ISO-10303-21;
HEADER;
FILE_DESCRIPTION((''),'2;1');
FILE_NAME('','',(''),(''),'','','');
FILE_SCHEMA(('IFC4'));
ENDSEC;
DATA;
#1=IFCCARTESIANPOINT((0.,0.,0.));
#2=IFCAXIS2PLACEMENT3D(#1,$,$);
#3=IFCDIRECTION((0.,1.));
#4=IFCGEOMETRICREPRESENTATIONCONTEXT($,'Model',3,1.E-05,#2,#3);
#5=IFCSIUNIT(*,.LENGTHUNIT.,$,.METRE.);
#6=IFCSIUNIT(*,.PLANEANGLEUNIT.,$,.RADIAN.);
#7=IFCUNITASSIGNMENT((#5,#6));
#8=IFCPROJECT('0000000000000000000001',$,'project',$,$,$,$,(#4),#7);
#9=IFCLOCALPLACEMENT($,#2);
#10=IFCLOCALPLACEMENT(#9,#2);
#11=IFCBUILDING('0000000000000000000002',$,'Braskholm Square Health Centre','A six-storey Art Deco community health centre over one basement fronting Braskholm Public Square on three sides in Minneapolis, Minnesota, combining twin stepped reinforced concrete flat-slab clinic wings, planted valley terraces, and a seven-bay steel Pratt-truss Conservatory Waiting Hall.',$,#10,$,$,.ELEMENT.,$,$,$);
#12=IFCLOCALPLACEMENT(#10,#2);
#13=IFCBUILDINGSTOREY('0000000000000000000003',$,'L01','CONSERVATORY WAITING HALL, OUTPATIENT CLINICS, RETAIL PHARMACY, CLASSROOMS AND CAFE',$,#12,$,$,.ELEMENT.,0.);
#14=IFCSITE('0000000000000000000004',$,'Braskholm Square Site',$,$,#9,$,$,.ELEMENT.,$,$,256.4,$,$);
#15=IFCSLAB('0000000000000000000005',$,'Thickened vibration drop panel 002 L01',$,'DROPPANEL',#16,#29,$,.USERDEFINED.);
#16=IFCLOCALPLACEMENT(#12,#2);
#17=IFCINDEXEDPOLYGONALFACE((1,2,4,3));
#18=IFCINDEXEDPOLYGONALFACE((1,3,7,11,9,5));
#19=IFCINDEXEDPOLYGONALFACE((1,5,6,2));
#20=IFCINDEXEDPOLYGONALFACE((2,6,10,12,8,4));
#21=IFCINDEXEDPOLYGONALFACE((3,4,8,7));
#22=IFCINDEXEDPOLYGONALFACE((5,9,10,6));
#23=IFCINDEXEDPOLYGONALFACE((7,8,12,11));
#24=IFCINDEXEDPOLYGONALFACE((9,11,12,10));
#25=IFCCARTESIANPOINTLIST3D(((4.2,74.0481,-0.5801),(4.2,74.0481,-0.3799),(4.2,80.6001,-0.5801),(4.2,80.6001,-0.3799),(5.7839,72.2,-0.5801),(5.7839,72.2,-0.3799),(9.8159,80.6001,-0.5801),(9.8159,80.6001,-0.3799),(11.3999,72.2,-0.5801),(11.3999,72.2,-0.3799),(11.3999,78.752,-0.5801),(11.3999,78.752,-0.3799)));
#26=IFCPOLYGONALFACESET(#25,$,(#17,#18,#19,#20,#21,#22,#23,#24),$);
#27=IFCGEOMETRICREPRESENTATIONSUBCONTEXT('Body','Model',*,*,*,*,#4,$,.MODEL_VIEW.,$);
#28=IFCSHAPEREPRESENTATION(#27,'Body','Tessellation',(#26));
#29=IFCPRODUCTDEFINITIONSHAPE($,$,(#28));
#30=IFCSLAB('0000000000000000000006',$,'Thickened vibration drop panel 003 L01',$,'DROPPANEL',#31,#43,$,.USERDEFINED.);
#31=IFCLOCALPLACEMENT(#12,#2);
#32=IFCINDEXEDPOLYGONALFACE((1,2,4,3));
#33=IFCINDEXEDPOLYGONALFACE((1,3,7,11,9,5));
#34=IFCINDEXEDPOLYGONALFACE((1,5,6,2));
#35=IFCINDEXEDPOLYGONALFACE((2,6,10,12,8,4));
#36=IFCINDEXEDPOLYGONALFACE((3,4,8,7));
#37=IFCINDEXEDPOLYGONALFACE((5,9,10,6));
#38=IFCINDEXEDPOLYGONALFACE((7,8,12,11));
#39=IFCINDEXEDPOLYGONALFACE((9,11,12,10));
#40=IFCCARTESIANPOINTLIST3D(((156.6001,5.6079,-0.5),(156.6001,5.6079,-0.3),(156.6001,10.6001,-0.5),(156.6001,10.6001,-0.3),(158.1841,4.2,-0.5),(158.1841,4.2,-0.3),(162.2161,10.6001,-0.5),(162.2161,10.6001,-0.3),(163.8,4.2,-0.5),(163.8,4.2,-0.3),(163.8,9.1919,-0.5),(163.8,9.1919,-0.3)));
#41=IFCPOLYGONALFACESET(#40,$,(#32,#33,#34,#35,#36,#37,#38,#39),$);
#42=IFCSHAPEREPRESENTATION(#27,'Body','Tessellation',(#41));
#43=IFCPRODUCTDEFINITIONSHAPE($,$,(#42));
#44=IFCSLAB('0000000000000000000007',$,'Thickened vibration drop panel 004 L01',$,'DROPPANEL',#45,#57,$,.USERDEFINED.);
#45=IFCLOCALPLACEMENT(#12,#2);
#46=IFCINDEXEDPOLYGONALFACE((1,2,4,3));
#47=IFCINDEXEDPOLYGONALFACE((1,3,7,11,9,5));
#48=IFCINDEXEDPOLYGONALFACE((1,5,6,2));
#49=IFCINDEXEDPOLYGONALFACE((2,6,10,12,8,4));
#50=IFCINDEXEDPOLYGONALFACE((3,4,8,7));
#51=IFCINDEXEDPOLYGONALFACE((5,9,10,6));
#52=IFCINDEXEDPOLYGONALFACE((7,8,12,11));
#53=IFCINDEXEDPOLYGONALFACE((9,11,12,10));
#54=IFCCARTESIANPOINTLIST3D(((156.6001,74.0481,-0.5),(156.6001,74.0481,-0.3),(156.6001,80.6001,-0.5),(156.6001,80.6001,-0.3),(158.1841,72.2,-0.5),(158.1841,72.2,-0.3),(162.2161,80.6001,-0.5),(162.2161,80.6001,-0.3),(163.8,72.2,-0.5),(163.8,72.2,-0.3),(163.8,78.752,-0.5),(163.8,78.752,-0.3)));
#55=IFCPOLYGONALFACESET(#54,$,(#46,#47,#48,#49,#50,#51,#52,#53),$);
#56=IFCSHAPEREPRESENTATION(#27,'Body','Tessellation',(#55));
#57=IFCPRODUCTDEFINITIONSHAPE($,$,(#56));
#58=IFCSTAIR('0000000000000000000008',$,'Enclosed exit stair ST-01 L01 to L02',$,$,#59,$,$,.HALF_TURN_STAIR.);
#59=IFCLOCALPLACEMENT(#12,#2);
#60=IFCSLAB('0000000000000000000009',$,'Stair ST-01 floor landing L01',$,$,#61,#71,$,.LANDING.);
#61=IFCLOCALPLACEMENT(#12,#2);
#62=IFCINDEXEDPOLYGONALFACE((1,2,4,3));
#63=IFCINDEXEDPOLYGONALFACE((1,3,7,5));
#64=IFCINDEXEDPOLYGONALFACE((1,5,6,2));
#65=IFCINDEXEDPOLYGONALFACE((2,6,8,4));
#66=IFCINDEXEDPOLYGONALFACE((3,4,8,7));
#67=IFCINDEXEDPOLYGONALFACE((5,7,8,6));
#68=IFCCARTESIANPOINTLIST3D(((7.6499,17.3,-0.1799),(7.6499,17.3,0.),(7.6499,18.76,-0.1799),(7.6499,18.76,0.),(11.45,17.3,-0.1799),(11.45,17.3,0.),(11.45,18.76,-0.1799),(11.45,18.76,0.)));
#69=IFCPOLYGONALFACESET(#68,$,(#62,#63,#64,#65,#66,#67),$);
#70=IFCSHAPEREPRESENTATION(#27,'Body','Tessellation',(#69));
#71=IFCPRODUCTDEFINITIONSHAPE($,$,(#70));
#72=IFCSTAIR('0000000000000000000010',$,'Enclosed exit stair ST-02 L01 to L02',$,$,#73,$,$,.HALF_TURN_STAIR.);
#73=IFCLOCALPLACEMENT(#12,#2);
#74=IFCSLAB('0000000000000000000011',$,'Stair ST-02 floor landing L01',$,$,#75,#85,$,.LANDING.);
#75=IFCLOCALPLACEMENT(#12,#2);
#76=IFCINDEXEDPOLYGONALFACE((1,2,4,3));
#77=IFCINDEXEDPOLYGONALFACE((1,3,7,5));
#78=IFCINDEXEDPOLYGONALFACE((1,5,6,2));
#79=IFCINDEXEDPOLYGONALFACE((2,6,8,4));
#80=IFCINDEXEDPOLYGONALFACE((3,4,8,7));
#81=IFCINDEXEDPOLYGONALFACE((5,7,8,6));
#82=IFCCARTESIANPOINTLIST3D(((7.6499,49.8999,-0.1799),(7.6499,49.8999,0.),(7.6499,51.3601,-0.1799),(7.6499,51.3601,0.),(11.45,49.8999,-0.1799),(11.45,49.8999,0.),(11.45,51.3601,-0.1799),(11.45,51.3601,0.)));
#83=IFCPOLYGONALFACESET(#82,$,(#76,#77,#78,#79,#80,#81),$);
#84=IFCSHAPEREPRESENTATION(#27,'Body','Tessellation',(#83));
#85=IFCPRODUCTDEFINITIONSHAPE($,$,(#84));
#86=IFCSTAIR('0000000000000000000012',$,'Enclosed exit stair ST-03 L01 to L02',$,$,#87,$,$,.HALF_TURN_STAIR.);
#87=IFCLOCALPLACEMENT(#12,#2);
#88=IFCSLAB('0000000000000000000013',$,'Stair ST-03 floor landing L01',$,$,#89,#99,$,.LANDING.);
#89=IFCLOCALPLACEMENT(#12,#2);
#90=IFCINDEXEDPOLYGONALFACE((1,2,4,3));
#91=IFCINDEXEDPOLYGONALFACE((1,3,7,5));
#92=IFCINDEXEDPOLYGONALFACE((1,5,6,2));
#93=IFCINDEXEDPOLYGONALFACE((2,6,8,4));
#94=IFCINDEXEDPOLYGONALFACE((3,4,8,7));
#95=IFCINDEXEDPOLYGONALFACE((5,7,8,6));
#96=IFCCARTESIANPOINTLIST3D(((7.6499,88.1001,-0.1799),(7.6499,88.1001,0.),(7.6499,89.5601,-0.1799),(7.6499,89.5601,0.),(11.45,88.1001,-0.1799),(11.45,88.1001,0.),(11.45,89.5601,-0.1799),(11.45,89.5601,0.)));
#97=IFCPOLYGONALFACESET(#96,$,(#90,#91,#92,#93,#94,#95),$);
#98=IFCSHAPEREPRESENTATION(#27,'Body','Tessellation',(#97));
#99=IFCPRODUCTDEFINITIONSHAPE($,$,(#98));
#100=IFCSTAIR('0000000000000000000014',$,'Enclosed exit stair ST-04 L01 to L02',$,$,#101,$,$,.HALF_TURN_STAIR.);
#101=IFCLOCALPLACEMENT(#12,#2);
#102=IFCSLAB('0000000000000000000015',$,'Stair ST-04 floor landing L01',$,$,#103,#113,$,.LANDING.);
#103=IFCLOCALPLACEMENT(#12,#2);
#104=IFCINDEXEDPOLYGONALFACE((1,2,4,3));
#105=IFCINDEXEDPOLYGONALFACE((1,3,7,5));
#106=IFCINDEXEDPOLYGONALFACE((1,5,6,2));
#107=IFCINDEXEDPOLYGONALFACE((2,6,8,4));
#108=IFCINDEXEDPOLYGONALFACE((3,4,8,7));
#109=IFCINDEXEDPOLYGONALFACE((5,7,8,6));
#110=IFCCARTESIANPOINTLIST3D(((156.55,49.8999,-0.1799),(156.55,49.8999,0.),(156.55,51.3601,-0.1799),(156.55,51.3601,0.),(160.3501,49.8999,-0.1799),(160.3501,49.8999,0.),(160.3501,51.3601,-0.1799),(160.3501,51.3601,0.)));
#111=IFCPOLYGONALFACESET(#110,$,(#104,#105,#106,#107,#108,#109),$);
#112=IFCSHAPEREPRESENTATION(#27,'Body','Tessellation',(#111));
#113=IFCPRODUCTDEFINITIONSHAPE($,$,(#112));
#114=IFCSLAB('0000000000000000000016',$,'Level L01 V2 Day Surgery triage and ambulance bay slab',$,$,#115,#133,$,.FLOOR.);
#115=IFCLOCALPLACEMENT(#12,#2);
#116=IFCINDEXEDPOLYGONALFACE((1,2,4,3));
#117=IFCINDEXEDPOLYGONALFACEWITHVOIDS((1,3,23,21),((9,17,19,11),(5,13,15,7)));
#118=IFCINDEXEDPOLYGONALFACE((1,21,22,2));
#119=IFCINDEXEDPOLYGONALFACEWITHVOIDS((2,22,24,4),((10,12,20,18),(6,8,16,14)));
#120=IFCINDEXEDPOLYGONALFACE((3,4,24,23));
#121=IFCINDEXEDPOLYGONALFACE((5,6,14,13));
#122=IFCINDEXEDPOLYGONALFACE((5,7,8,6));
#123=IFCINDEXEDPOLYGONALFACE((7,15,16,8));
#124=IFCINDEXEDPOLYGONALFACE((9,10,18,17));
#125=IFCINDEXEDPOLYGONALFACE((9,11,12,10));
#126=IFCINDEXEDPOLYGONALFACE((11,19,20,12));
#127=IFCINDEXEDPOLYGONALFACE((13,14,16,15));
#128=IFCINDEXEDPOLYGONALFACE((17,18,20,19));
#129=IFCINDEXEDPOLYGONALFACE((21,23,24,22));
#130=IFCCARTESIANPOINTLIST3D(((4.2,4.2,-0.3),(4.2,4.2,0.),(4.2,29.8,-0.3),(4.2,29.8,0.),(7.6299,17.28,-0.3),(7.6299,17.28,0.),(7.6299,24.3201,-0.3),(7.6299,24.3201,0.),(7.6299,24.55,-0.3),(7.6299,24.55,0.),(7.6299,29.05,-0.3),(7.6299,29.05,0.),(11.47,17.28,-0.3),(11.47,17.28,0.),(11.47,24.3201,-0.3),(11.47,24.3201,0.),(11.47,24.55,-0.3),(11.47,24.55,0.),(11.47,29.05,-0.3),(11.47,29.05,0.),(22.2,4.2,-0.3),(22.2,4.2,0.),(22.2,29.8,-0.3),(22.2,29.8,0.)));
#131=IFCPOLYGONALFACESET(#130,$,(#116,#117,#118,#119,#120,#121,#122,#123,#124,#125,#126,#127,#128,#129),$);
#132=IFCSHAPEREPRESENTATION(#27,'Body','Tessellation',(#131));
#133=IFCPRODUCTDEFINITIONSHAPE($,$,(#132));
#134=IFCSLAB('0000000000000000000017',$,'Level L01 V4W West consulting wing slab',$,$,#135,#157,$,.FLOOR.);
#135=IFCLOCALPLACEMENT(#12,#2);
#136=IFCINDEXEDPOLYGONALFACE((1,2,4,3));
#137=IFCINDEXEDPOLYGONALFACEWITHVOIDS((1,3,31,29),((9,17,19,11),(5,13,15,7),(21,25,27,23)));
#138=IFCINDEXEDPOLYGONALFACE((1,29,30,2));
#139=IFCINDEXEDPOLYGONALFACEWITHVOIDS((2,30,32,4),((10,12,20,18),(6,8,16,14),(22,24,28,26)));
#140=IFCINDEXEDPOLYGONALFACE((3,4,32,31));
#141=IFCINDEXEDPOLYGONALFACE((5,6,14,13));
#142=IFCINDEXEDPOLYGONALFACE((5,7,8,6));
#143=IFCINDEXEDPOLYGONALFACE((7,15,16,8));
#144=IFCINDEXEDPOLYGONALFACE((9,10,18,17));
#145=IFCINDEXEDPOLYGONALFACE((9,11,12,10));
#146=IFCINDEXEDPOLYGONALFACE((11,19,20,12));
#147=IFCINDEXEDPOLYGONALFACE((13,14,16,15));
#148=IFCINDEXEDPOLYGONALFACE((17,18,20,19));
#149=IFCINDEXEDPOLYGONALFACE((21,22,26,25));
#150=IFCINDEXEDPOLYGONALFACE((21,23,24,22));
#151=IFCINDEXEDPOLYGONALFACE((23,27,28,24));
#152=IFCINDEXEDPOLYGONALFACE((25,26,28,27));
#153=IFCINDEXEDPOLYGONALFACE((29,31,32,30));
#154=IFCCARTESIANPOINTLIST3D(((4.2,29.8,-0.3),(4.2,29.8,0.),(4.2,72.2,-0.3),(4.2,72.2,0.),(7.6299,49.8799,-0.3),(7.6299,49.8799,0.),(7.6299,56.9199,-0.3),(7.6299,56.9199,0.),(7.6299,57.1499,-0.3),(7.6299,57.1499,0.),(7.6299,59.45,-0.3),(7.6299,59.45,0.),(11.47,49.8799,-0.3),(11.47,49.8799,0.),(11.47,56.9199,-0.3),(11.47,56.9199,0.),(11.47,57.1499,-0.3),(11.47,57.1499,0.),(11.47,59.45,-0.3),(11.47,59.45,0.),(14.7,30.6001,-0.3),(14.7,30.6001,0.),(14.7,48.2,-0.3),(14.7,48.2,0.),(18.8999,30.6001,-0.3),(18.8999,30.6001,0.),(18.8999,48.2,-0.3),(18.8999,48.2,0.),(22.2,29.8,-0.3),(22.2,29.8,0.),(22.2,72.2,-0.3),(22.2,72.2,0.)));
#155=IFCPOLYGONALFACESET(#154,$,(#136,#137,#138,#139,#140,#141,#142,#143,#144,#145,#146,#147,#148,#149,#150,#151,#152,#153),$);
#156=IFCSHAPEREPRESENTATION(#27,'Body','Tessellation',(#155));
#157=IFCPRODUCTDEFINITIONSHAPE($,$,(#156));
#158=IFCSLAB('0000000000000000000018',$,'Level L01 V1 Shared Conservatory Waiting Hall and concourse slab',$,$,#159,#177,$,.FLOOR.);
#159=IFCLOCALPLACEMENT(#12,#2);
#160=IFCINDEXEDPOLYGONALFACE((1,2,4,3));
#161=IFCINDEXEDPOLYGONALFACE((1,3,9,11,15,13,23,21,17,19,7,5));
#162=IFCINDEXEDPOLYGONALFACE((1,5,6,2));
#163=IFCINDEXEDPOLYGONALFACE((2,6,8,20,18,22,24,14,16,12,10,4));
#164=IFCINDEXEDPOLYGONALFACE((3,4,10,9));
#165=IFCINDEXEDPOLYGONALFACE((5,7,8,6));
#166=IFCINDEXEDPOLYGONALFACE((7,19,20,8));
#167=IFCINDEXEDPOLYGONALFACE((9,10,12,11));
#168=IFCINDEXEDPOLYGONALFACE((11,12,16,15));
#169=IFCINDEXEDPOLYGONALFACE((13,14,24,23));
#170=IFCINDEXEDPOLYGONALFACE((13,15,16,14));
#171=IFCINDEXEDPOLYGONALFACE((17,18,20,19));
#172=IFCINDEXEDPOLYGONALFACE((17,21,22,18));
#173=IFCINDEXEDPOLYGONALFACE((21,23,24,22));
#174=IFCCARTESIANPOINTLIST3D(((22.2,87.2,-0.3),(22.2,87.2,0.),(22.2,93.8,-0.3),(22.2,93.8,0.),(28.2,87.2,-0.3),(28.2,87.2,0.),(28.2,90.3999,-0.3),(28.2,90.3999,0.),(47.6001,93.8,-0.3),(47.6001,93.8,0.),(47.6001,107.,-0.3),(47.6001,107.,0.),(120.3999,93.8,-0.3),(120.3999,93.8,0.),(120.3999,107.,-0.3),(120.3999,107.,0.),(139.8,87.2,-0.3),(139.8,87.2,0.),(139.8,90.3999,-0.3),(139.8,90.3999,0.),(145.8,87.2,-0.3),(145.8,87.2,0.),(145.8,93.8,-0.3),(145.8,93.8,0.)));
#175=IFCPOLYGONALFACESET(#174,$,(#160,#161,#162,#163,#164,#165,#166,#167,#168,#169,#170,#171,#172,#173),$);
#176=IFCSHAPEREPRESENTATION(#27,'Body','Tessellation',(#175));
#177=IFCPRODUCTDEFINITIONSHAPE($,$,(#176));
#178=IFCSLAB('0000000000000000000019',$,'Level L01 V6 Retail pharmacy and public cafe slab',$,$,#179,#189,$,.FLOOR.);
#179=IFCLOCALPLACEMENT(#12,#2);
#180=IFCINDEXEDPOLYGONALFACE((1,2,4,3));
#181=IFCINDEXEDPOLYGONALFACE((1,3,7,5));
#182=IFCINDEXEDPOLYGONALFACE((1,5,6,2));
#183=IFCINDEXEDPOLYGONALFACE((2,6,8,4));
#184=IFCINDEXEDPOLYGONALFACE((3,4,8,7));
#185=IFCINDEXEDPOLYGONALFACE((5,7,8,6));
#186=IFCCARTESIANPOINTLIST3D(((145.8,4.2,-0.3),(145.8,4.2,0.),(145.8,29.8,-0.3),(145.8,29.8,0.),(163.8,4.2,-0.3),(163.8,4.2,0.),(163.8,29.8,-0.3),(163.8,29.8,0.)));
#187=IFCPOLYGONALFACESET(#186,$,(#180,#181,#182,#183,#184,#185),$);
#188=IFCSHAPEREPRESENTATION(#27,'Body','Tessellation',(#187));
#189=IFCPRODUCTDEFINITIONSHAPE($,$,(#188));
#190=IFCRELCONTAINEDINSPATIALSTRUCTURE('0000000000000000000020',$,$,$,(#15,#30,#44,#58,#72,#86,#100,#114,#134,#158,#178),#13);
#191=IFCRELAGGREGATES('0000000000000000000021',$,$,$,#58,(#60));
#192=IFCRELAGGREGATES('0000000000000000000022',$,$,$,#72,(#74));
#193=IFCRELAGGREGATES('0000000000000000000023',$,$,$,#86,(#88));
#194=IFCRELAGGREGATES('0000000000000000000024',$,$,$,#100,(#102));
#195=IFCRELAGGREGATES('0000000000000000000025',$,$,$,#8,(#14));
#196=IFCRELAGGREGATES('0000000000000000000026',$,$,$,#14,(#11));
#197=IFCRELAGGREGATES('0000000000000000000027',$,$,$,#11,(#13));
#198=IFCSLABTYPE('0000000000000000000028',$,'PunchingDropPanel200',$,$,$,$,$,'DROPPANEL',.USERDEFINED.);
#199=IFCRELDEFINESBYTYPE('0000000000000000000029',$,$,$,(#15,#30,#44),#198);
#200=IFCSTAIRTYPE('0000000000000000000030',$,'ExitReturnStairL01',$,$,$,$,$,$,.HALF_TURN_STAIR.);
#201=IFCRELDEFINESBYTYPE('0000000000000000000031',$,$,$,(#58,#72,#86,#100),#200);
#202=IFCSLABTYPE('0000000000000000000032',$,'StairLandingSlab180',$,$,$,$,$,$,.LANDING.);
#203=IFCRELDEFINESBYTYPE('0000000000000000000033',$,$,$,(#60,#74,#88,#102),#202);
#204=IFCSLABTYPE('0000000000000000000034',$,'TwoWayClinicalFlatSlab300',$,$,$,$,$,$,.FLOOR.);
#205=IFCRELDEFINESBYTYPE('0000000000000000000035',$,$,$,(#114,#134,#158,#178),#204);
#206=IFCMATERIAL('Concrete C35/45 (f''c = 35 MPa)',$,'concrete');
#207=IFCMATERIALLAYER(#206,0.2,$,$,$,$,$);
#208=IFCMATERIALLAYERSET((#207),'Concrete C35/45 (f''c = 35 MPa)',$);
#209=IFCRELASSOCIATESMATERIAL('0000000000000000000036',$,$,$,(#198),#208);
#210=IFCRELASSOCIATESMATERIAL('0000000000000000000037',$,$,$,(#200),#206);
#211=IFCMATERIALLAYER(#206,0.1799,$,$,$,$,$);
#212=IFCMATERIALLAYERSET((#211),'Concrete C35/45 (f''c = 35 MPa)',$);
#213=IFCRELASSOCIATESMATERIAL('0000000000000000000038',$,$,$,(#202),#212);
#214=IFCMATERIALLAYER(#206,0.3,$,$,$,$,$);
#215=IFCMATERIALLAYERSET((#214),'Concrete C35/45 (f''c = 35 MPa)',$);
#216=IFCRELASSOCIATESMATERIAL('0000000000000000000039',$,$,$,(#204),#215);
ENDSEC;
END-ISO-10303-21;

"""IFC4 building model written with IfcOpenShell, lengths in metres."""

from ifc_helpers import new_model, si_unit, direction, frame, origin, place, context, subcontext, project, spatial, polyline, outline, extrude, material, layer, layer_set, type_object, element, aggregate, save


model = new_model("IFC4")

# Units and contexts
model_context = context("Model", 3, precision=1e-05, world=origin(), true_north=direction((0.0, 1.0)))
body_context = subcontext(model_context, "Body", "Model", "MODEL_VIEW")
ifc_project = project(units=[si_unit("LENGTHUNIT", "METRE"), si_unit("PLANEANGLEUNIT", "RADIAN")], contexts=[model_context])

# Site, building, storey
site_placement = place(None, origin())
site = spatial("IfcSite", under=ifc_project, at=site_placement, Name="Braskholm Square Site", CompositionType="ELEMENT", RefElevation=256.4)
building_placement = place(site_placement, origin())
building = spatial("IfcBuilding", under=site, at=building_placement, Name="Braskholm Square Health Centre", Description="A six-storey Art Deco community health centre over one basement fronting Braskholm Public Square on three sides in Minneapolis, Minnesota, combining twin stepped reinforced concrete flat-slab clinic wings, planted valley terraces, and a seven-bay steel Pratt-truss Conservatory Waiting Hall.", CompositionType="ELEMENT")
storey_placement = place(building_placement, origin())
storey = spatial("IfcBuildingStorey", under=building, at=storey_placement, Name="L01", Description="CONSERVATORY WAITING HALL, OUTPATIENT CLINICS, RETAIL PHARMACY, CLASSROOMS AND CAFE", CompositionType="ELEMENT", Elevation=0.0)

# Slabs
ifc_material_1 = material(Name="Concrete C35/45 (f'c = 35 MPa)", Category="concrete")
ifc_layer_1 = layer(ifc_material_1, 0.2)
ifc_layer_set_1 = layer_set([ifc_layer_1], Name="Concrete C35/45 (f'c = 35 MPa)")
slab_type_1 = type_object("IfcSlabType", Name="PunchingDropPanel200", ElementType="DROPPANEL", PredefinedType="USERDEFINED", material=ifc_layer_set_1)
slab_1_placement = place(storey_placement, frame((0.0, 0.0, -0.5801)))
element("IfcSlab", 1, at=slab_1_placement, inside=storey, type_object=slab_type_1, Name="Thickened vibration drop panel 002 L01", ObjectType="DROPPANEL", PredefinedType="USERDEFINED", context=body_context, shape_type="SweptSolid", body=[
    extrude(outline(polyline([(5.7839, 72.2), (11.3999, 72.2), (11.3999, 78.752), (9.8159, 80.6001), (4.2, 80.6001), (4.2, 74.0481), (5.7839, 72.2)])), origin(), (0.0, 0.0, 1.0), 0.2002),
])
slab_2_placement = place(storey_placement, frame((0.0, 0.0, -0.5)))
element("IfcSlab", 2, at=slab_2_placement, inside=storey, type_object=slab_type_1, Name="Thickened vibration drop panel 003 L01", ObjectType="DROPPANEL", PredefinedType="USERDEFINED", context=body_context, shape_type="SweptSolid", body=[
    extrude(outline(polyline([(158.1841, 4.2), (163.8, 4.2), (163.8, 9.1919), (162.2161, 10.6001), (156.6001, 10.6001), (156.6001, 5.6079), (158.1841, 4.2)])), origin(), (0.0, 0.0, 1.0), 0.2),
])
slab_3_placement = place(storey_placement, frame((0.0, 0.0, -0.5)))
element("IfcSlab", 3, at=slab_3_placement, inside=storey, type_object=slab_type_1, Name="Thickened vibration drop panel 004 L01", ObjectType="DROPPANEL", PredefinedType="USERDEFINED", context=body_context, shape_type="SweptSolid", body=[
    extrude(outline(polyline([(158.1841, 72.2), (163.8, 72.2), (163.8, 78.752), (162.2161, 80.6001), (156.6001, 80.6001), (156.6001, 74.0481), (158.1841, 72.2)])), origin(), (0.0, 0.0, 1.0), 0.2),
])

# Stairs, slabs
stair_type = type_object("IfcStairType", Name="ExitReturnStairL01", PredefinedType="HALF_TURN_STAIR", material=ifc_material_1)
stair_1_placement = place(storey_placement, origin())
stair_1 = element("IfcStair", 4, at=stair_1_placement, inside=storey, type_object=stair_type, Name="Enclosed exit stair ST-01 L01 to L02", PredefinedType="HALF_TURN_STAIR")
ifc_layer_2 = layer(ifc_material_1, 0.1799)
ifc_layer_set_2 = layer_set([ifc_layer_2], Name="Concrete C35/45 (f'c = 35 MPa)")
slab_type_2 = type_object("IfcSlabType", Name="StairLandingSlab180", PredefinedType="LANDING", material=ifc_layer_set_2)
slab_4_placement = place(storey_placement, frame((0.0, 0.0, -0.1799)))
slab_4 = element("IfcSlab", 5, at=slab_4_placement, type_object=slab_type_2, Name="Stair ST-01 floor landing L01", PredefinedType="LANDING", context=body_context, shape_type="SweptSolid", body=[
    extrude(outline(polyline([(7.6499, 17.3), (11.45, 17.3), (11.45, 18.76), (7.6499, 18.76), (7.6499, 17.3)])), origin(), (0.0, 0.0, 1.0), 0.1799),
])
aggregate(stair_1, [slab_4])
stair_2_placement = place(storey_placement, origin())
stair_2 = element("IfcStair", 6, at=stair_2_placement, inside=storey, type_object=stair_type, Name="Enclosed exit stair ST-02 L01 to L02", PredefinedType="HALF_TURN_STAIR")
slab_5_placement = place(storey_placement, frame((0.0, 0.0, -0.1799)))
slab_5 = element("IfcSlab", 7, at=slab_5_placement, type_object=slab_type_2, Name="Stair ST-02 floor landing L01", PredefinedType="LANDING", context=body_context, shape_type="SweptSolid", body=[
    extrude(outline(polyline([(7.6499, 49.8999), (11.45, 49.8999), (11.45, 51.3601), (7.6499, 51.3601), (7.6499, 49.8999)])), origin(), (0.0, 0.0, 1.0), 0.1799),
])
aggregate(stair_2, [slab_5])
stair_3_placement = place(storey_placement, origin())
stair_3 = element("IfcStair", 8, at=stair_3_placement, inside=storey, type_object=stair_type, Name="Enclosed exit stair ST-03 L01 to L02", PredefinedType="HALF_TURN_STAIR")
slab_6_placement = place(storey_placement, frame((0.0, 0.0, -0.1799)))
slab_6 = element("IfcSlab", 9, at=slab_6_placement, type_object=slab_type_2, Name="Stair ST-03 floor landing L01", PredefinedType="LANDING", context=body_context, shape_type="SweptSolid", body=[
    extrude(outline(polyline([(7.6499, 88.1001), (11.45, 88.1001), (11.45, 89.5601), (7.6499, 89.5601), (7.6499, 88.1001)])), origin(), (0.0, 0.0, 1.0), 0.1799),
])
aggregate(stair_3, [slab_6])
stair_4_placement = place(storey_placement, origin())
stair_4 = element("IfcStair", 10, at=stair_4_placement, inside=storey, type_object=stair_type, Name="Enclosed exit stair ST-04 L01 to L02", PredefinedType="HALF_TURN_STAIR")
slab_7_placement = place(storey_placement, frame((0.0, 0.0, -0.1799)))
slab_7 = element("IfcSlab", 11, at=slab_7_placement, type_object=slab_type_2, Name="Stair ST-04 floor landing L01", PredefinedType="LANDING", context=body_context, shape_type="SweptSolid", body=[
    extrude(outline(polyline([(156.55, 49.8999), (160.3501, 49.8999), (160.3501, 51.3601), (156.55, 51.3601), (156.55, 49.8999)])), origin(), (0.0, 0.0, 1.0), 0.1799),
])
aggregate(stair_4, [slab_7])

# Slabs
ifc_layer_3 = layer(ifc_material_1, 0.3)
ifc_layer_set_3 = layer_set([ifc_layer_3], Name="Concrete C35/45 (f'c = 35 MPa)")
slab_type_3 = type_object("IfcSlabType", Name="TwoWayClinicalFlatSlab300", PredefinedType="FLOOR", material=ifc_layer_set_3)
slab_8_placement = place(storey_placement, frame((0.0, 0.0, -0.3)))
element("IfcSlab", 12, at=slab_8_placement, inside=storey, type_object=slab_type_3, Name="Level L01 V2 Day Surgery triage and ambulance bay slab", PredefinedType="FLOOR", context=body_context, shape_type="SweptSolid", body=[
    extrude(outline(polyline([(4.2, 4.2), (22.2, 4.2), (22.2, 29.8), (4.2, 29.8), (4.2, 4.2)]), holes=[polyline([(7.6299, 17.28), (11.47, 17.28), (11.47, 24.3201), (7.6299, 24.3201), (7.6299, 17.28)]), polyline([(7.6299, 24.55), (11.47, 24.55), (11.47, 29.05), (7.6299, 29.05), (7.6299, 24.55)])]), origin(), (0.0, 0.0, 1.0), 0.3),
])
slab_9_placement = place(storey_placement, frame((0.0, 0.0, -0.3)))
element("IfcSlab", 13, at=slab_9_placement, inside=storey, type_object=slab_type_3, Name="Level L01 V4W West consulting wing slab", PredefinedType="FLOOR", context=body_context, shape_type="SweptSolid", body=[
    extrude(outline(polyline([(4.2, 29.8), (22.2, 29.8), (22.2, 72.2), (4.2, 72.2), (4.2, 29.8)]), holes=[polyline([(7.6299, 49.8799), (11.47, 49.8799), (11.47, 56.9199), (7.6299, 56.9199), (7.6299, 49.8799)]), polyline([(7.6299, 57.1499), (11.47, 57.1499), (11.47, 59.45), (7.6299, 59.45), (7.6299, 57.1499)]), polyline([(14.7, 30.6001), (18.8999, 30.6001), (18.8999, 48.2), (14.7, 48.2), (14.7, 30.6001)])]), origin(), (0.0, 0.0, 1.0), 0.3),
])
slab_10_placement = place(storey_placement, frame((0.0, 0.0, -0.3)))
element("IfcSlab", 14, at=slab_10_placement, inside=storey, type_object=slab_type_3, Name="Level L01 V1 Shared Conservatory Waiting Hall and concourse slab", PredefinedType="FLOOR", context=body_context, shape_type="SweptSolid", body=[
    extrude(outline(polyline([(22.2, 87.2), (28.2, 87.2), (28.2, 90.3999), (139.8, 90.3999), (139.8, 87.2), (145.8, 87.2), (145.8, 93.8), (120.3999, 93.8), (120.3999, 107.0), (47.6001, 107.0), (47.6001, 93.8), (22.2, 93.8), (22.2, 87.2)])), origin(), (0.0, 0.0, 1.0), 0.3),
])
slab_11_placement = place(storey_placement, frame((0.0, 0.0, -0.3)))
element("IfcSlab", 15, at=slab_11_placement, inside=storey, type_object=slab_type_3, Name="Level L01 V6 Retail pharmacy and public cafe slab", PredefinedType="FLOOR", context=body_context, shape_type="SweptSolid", body=[
    extrude(outline(polyline([(145.8, 4.2), (163.8, 4.2), (163.8, 29.8), (145.8, 29.8), (145.8, 4.2)])), origin(), (0.0, 0.0, 1.0), 0.3),
])

save(model, "model.ifc")
